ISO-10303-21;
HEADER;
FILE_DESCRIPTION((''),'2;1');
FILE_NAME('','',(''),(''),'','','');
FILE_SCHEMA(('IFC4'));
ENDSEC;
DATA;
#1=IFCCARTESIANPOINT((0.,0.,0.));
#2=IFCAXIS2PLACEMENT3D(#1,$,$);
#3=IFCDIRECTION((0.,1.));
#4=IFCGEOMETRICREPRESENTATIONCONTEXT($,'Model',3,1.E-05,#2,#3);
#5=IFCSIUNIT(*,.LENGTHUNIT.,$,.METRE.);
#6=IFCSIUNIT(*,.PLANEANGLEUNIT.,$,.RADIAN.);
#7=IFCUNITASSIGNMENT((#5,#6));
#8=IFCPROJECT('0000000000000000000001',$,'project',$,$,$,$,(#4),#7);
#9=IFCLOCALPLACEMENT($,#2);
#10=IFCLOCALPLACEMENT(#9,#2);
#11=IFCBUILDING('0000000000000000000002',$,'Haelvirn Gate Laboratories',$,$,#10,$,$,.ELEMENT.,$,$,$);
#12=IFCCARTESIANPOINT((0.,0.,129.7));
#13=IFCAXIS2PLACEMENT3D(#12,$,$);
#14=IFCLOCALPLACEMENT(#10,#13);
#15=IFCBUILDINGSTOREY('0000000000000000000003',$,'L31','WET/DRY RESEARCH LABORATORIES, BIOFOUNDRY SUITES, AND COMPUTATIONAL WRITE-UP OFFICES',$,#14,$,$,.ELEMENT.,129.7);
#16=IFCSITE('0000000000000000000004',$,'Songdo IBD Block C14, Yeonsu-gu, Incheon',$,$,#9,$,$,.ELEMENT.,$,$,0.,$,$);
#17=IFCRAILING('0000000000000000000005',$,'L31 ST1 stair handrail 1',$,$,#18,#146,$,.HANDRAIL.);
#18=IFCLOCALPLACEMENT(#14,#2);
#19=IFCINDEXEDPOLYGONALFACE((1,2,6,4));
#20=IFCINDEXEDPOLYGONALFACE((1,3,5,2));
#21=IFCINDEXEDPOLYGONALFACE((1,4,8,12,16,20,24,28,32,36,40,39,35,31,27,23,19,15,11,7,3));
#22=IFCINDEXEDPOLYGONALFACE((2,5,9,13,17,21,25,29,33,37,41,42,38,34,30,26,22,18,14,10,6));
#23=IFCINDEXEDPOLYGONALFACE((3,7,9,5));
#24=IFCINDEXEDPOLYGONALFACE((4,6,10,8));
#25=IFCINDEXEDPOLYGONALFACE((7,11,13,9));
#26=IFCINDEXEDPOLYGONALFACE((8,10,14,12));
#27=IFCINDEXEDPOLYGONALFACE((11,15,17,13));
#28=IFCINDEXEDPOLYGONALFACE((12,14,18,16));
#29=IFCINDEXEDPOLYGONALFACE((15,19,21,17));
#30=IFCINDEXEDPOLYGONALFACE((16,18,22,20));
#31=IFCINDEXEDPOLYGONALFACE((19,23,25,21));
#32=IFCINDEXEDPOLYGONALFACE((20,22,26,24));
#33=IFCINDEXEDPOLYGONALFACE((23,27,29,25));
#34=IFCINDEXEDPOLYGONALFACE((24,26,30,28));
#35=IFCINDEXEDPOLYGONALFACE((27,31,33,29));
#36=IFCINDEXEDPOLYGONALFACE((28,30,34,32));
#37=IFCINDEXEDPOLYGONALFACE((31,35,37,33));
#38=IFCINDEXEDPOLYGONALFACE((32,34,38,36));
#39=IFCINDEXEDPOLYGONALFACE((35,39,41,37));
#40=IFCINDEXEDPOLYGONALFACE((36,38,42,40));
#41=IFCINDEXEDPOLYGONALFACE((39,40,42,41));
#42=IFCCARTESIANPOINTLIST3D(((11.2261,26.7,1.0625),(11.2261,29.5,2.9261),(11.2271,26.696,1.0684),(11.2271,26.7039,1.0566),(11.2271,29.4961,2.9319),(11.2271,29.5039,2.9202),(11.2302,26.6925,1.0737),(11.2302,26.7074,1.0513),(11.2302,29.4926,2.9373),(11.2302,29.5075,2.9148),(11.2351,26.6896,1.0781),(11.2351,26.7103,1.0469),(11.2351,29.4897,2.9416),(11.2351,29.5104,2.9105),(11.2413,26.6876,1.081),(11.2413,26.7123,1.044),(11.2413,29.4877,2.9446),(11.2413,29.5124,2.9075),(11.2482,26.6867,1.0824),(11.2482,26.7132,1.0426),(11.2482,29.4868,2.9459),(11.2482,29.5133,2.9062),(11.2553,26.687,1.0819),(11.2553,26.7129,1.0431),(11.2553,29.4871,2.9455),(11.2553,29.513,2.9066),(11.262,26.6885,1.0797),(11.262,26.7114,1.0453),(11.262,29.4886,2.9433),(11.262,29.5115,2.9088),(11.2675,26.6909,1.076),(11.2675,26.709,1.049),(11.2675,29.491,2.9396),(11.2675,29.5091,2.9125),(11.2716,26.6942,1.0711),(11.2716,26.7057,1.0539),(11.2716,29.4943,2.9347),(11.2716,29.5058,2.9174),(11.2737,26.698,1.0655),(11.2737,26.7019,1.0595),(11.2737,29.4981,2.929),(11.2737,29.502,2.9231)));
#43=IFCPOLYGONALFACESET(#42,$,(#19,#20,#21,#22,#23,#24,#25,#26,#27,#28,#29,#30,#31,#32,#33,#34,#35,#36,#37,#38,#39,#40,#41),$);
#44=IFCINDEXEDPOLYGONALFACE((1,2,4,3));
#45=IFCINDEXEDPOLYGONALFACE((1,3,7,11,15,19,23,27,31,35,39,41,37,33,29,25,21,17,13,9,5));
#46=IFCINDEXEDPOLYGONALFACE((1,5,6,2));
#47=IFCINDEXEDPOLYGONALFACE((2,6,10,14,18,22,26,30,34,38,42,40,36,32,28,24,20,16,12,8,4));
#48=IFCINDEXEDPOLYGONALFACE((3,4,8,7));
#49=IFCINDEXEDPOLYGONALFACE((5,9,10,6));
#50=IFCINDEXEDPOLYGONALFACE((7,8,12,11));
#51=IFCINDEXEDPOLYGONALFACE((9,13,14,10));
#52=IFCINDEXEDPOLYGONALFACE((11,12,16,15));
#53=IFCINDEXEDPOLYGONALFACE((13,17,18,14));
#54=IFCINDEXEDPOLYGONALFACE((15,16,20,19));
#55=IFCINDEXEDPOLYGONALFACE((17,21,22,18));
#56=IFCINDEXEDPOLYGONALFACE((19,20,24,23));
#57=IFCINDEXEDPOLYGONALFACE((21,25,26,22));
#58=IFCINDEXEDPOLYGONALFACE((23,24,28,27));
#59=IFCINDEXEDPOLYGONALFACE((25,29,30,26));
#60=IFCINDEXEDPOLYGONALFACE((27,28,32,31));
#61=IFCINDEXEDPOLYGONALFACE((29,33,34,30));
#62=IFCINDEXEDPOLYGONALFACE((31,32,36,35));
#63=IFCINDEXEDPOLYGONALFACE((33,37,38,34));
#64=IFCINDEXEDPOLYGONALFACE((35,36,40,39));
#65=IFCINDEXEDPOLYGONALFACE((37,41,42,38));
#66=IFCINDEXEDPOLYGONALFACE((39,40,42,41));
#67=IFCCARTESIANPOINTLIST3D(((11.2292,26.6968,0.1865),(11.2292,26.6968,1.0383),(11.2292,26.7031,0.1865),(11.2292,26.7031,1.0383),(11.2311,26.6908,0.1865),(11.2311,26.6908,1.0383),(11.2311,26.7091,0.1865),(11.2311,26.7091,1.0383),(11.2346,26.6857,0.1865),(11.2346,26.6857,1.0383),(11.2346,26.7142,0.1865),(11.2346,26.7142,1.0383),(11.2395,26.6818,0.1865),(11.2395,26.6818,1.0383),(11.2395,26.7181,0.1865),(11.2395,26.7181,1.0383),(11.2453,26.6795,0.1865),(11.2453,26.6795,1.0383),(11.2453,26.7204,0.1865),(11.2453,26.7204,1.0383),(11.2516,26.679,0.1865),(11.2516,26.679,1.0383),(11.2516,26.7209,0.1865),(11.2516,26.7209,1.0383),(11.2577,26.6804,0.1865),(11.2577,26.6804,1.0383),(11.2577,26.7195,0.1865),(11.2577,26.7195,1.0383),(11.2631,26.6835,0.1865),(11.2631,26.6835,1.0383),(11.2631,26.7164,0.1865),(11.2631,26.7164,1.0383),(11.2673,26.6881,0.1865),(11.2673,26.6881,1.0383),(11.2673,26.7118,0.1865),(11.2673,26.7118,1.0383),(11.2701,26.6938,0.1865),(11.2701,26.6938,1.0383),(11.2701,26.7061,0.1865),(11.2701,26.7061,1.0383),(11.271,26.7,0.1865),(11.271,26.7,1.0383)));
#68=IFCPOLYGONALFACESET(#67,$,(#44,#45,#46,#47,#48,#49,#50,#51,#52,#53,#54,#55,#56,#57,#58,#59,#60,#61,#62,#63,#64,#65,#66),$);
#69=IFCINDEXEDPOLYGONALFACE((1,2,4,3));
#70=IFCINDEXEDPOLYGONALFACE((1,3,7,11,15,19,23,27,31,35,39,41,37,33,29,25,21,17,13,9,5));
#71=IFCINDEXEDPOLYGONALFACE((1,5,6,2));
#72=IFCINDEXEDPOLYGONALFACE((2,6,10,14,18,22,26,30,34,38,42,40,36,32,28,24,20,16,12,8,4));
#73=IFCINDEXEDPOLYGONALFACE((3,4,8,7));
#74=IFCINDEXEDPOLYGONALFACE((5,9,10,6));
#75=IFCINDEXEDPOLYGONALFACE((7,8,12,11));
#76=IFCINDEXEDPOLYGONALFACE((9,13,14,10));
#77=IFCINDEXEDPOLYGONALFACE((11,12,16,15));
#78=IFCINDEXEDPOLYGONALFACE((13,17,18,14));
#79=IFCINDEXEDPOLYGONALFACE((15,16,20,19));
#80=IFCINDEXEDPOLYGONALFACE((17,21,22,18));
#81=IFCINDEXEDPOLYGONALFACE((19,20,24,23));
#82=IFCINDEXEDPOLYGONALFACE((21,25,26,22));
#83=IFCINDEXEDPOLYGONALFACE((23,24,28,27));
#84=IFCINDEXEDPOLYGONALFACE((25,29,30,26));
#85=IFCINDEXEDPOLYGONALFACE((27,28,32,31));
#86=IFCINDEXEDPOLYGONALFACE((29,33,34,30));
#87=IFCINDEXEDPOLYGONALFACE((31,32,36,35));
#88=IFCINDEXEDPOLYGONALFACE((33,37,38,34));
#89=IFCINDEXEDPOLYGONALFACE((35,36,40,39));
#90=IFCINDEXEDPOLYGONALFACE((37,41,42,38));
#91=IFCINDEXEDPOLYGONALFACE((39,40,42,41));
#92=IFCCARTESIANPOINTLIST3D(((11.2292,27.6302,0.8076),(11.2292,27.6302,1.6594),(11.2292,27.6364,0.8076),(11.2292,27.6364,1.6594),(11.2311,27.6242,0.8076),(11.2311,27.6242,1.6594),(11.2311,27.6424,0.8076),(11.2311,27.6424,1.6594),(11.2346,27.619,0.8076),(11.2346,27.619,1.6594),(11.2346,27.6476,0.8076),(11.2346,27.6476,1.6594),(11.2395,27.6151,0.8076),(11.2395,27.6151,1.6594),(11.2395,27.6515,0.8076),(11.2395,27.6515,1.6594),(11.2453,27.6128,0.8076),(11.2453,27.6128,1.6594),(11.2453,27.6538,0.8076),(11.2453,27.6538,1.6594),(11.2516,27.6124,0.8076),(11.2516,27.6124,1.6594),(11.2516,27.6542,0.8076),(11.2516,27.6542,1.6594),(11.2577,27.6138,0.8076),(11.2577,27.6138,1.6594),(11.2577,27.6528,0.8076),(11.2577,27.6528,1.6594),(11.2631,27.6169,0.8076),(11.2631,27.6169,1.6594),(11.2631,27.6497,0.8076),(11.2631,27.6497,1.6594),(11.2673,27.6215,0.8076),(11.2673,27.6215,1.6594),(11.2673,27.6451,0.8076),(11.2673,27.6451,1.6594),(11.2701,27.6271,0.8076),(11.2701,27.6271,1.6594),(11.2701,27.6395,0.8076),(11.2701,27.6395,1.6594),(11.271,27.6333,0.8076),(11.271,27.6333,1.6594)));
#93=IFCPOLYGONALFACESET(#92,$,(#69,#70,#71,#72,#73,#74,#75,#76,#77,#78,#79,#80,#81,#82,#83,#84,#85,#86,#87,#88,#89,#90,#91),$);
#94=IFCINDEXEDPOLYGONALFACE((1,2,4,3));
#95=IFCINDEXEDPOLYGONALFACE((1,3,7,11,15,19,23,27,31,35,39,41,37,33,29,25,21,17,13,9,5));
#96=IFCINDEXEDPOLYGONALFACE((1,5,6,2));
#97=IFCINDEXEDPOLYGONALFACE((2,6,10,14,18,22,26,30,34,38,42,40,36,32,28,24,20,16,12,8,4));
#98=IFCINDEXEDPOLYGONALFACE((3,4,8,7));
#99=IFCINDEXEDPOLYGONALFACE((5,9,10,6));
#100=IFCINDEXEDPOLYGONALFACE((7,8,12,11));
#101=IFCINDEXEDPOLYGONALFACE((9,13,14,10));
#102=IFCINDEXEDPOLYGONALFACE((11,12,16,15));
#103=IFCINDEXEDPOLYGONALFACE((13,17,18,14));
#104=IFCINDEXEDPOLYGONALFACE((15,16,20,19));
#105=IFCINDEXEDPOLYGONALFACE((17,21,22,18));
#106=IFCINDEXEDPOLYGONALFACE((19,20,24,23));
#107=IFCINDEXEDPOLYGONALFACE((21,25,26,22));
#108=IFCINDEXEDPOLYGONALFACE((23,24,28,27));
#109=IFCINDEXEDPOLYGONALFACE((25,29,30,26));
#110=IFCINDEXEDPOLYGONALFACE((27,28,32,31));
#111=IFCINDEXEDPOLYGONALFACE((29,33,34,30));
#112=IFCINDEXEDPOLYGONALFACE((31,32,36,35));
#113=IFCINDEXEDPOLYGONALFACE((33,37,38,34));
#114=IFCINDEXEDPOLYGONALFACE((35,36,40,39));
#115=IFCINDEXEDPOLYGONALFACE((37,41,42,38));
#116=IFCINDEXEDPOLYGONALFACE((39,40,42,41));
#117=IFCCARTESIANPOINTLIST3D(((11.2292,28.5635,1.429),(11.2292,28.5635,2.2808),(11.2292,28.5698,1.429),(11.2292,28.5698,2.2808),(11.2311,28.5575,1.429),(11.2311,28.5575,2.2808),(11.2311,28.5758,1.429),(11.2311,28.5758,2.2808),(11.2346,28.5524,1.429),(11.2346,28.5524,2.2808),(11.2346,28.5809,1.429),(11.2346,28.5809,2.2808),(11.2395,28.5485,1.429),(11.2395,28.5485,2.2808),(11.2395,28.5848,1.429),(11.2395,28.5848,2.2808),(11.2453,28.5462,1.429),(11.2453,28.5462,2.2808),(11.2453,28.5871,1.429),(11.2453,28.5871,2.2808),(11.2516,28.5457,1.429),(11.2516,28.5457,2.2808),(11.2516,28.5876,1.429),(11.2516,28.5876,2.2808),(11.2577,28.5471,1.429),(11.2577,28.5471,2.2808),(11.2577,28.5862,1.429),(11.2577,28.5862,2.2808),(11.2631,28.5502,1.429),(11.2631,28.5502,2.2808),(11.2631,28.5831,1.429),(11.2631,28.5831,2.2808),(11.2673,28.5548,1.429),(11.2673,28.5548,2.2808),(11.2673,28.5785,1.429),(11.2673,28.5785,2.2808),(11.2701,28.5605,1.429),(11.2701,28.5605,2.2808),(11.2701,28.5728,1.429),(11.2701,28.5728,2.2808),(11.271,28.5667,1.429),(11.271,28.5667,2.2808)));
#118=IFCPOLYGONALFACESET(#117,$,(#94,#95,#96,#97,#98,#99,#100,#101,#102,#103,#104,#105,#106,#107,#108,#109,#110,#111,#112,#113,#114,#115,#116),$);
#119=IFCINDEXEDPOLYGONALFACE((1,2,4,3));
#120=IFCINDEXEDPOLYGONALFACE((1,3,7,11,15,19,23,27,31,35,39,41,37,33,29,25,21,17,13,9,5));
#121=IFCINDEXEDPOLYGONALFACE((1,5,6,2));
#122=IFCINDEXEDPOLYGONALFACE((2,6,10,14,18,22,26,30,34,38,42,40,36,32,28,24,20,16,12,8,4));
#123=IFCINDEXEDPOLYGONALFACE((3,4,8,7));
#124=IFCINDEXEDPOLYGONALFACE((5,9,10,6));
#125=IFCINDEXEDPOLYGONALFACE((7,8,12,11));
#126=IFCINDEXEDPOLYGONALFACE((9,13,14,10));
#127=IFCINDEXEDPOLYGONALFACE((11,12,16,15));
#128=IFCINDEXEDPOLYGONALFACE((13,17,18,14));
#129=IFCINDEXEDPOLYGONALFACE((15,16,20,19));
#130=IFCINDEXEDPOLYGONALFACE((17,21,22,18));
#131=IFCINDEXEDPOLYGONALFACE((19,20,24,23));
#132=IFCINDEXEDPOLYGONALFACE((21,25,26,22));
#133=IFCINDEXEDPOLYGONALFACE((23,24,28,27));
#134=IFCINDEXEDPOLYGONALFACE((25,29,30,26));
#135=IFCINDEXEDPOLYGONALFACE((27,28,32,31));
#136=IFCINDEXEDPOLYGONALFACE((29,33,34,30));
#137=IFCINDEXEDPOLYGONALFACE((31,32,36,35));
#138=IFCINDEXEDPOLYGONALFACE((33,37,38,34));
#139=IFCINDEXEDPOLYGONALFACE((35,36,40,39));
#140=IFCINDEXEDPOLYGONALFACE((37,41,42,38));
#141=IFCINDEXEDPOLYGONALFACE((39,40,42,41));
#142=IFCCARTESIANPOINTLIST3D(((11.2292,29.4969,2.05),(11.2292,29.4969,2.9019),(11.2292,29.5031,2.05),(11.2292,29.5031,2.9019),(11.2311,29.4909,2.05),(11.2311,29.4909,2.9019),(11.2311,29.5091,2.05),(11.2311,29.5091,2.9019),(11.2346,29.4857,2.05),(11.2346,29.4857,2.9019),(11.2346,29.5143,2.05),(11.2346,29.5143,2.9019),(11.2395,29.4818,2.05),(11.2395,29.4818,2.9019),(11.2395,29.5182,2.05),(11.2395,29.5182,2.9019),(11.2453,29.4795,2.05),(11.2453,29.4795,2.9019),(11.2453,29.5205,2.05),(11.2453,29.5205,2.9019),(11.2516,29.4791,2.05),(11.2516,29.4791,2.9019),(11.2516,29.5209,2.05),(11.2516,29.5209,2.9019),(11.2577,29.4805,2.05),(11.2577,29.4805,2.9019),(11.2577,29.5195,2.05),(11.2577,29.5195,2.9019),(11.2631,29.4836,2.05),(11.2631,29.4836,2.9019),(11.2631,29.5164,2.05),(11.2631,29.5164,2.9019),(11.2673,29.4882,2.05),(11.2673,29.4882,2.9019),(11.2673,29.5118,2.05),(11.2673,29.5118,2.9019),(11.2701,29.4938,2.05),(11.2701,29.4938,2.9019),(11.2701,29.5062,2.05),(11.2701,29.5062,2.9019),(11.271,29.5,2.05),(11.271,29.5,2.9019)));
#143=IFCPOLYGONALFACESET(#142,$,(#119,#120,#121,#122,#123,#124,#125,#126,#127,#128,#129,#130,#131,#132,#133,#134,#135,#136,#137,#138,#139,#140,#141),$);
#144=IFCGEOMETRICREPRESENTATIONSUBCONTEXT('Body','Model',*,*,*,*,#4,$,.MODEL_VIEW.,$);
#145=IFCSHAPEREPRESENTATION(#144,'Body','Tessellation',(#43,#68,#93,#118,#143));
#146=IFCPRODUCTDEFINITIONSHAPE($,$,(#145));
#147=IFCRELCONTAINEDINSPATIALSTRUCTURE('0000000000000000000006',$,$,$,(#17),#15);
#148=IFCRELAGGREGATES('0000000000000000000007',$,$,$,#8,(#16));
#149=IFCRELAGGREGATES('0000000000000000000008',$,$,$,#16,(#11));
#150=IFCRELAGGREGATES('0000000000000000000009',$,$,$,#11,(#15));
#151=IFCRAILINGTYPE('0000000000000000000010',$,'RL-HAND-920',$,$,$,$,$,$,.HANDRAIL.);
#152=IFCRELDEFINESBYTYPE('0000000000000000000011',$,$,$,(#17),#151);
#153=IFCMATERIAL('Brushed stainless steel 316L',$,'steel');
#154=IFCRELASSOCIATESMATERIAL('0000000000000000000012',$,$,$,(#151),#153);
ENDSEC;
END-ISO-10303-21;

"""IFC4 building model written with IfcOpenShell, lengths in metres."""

from ifc_helpers import new_model, si_unit, direction, frame, origin, origin_2d, place, context, subcontext, project, spatial, circle, extrude, source, transform, mapped, material, type_object, element, save


model = new_model("IFC4")

# Units and contexts
model_context = context("Model", 3, precision=1e-05, world=origin(), true_north=direction((0.0, 1.0)))
body_context = subcontext(model_context, "Body", "Model", "MODEL_VIEW")
ifc_project = project(units=[si_unit("LENGTHUNIT", "METRE"), si_unit("PLANEANGLEUNIT", "RADIAN")], contexts=[model_context])

# Site, building, storey
site_placement = place(None, origin())
site = spatial("IfcSite", under=ifc_project, at=site_placement, Name="Songdo IBD Block C14, Yeonsu-gu, Incheon", CompositionType="ELEMENT", RefElevation=0.0)
building_placement = place(site_placement, origin())
building = spatial("IfcBuilding", under=site, at=building_placement, Name="Haelvirn Gate Laboratories", CompositionType="ELEMENT")
storey_placement = place(building_placement, frame((0.0, 0.0, 129.7)))
storey = spatial("IfcBuildingStorey", under=building, at=storey_placement, Name="L31", Description="WET/DRY RESEARCH LABORATORIES, BIOFOUNDRY SUITES, AND COMPUTATIONAL WRITE-UP OFFICES", CompositionType="ELEMENT", Elevation=129.7)

# Railing
ifc_material_1 = material(Name="Brushed stainless steel 316L", Category="steel")
railing_type_1 = type_object("IfcRailingType", Name="RL-HAND-920", PredefinedType="HANDRAIL", material=ifc_material_1)
shared_shape_1 = source(origin(), body_context, "Body", "SweptSolid", [
    extrude(circle(Radius=0.0239, at=origin_2d()), frame((0.0, 0.0, 0.876), z_axis=(0.0, 0.832486, 0.554047), x_axis=(-1.0, 0.0, 0.0)), (0.0, 0.0, 1.0), 3.3635),
    extrude(circle(Radius=0.021, at=origin_2d()), origin(), (0.0, 0.0, 1.0), 0.8518),
    extrude(circle(Radius=0.021, at=origin_2d()), frame((0.0, 0.9333, 0.6211)), (0.0, 0.0, 1.0), 0.8518),
    extrude(circle(Radius=0.021, at=origin_2d()), frame((0.0, 1.8667, 1.2424)), (0.0, 0.0, 1.0), 0.8518),
    extrude(circle(Radius=0.021, at=origin_2d()), frame((0.0, 2.8, 1.8635)), (0.0, 0.0, 1.0), 0.8518),
])
railing_1_placement = place(storey_placement, frame((11.25, 26.7, 0.1865)))
element("IfcRailing", 1, at=railing_1_placement, inside=storey, type_object=railing_type_1, Name="L31 ST1 stair handrail 1", PredefinedType="HANDRAIL", context=body_context, shape_type="MappedRepresentation", body=[
    mapped(shared_shape_1, transform((0.0, 0.0, 0.0), scale=1.0)),
])

save(model, "model.ifc")
